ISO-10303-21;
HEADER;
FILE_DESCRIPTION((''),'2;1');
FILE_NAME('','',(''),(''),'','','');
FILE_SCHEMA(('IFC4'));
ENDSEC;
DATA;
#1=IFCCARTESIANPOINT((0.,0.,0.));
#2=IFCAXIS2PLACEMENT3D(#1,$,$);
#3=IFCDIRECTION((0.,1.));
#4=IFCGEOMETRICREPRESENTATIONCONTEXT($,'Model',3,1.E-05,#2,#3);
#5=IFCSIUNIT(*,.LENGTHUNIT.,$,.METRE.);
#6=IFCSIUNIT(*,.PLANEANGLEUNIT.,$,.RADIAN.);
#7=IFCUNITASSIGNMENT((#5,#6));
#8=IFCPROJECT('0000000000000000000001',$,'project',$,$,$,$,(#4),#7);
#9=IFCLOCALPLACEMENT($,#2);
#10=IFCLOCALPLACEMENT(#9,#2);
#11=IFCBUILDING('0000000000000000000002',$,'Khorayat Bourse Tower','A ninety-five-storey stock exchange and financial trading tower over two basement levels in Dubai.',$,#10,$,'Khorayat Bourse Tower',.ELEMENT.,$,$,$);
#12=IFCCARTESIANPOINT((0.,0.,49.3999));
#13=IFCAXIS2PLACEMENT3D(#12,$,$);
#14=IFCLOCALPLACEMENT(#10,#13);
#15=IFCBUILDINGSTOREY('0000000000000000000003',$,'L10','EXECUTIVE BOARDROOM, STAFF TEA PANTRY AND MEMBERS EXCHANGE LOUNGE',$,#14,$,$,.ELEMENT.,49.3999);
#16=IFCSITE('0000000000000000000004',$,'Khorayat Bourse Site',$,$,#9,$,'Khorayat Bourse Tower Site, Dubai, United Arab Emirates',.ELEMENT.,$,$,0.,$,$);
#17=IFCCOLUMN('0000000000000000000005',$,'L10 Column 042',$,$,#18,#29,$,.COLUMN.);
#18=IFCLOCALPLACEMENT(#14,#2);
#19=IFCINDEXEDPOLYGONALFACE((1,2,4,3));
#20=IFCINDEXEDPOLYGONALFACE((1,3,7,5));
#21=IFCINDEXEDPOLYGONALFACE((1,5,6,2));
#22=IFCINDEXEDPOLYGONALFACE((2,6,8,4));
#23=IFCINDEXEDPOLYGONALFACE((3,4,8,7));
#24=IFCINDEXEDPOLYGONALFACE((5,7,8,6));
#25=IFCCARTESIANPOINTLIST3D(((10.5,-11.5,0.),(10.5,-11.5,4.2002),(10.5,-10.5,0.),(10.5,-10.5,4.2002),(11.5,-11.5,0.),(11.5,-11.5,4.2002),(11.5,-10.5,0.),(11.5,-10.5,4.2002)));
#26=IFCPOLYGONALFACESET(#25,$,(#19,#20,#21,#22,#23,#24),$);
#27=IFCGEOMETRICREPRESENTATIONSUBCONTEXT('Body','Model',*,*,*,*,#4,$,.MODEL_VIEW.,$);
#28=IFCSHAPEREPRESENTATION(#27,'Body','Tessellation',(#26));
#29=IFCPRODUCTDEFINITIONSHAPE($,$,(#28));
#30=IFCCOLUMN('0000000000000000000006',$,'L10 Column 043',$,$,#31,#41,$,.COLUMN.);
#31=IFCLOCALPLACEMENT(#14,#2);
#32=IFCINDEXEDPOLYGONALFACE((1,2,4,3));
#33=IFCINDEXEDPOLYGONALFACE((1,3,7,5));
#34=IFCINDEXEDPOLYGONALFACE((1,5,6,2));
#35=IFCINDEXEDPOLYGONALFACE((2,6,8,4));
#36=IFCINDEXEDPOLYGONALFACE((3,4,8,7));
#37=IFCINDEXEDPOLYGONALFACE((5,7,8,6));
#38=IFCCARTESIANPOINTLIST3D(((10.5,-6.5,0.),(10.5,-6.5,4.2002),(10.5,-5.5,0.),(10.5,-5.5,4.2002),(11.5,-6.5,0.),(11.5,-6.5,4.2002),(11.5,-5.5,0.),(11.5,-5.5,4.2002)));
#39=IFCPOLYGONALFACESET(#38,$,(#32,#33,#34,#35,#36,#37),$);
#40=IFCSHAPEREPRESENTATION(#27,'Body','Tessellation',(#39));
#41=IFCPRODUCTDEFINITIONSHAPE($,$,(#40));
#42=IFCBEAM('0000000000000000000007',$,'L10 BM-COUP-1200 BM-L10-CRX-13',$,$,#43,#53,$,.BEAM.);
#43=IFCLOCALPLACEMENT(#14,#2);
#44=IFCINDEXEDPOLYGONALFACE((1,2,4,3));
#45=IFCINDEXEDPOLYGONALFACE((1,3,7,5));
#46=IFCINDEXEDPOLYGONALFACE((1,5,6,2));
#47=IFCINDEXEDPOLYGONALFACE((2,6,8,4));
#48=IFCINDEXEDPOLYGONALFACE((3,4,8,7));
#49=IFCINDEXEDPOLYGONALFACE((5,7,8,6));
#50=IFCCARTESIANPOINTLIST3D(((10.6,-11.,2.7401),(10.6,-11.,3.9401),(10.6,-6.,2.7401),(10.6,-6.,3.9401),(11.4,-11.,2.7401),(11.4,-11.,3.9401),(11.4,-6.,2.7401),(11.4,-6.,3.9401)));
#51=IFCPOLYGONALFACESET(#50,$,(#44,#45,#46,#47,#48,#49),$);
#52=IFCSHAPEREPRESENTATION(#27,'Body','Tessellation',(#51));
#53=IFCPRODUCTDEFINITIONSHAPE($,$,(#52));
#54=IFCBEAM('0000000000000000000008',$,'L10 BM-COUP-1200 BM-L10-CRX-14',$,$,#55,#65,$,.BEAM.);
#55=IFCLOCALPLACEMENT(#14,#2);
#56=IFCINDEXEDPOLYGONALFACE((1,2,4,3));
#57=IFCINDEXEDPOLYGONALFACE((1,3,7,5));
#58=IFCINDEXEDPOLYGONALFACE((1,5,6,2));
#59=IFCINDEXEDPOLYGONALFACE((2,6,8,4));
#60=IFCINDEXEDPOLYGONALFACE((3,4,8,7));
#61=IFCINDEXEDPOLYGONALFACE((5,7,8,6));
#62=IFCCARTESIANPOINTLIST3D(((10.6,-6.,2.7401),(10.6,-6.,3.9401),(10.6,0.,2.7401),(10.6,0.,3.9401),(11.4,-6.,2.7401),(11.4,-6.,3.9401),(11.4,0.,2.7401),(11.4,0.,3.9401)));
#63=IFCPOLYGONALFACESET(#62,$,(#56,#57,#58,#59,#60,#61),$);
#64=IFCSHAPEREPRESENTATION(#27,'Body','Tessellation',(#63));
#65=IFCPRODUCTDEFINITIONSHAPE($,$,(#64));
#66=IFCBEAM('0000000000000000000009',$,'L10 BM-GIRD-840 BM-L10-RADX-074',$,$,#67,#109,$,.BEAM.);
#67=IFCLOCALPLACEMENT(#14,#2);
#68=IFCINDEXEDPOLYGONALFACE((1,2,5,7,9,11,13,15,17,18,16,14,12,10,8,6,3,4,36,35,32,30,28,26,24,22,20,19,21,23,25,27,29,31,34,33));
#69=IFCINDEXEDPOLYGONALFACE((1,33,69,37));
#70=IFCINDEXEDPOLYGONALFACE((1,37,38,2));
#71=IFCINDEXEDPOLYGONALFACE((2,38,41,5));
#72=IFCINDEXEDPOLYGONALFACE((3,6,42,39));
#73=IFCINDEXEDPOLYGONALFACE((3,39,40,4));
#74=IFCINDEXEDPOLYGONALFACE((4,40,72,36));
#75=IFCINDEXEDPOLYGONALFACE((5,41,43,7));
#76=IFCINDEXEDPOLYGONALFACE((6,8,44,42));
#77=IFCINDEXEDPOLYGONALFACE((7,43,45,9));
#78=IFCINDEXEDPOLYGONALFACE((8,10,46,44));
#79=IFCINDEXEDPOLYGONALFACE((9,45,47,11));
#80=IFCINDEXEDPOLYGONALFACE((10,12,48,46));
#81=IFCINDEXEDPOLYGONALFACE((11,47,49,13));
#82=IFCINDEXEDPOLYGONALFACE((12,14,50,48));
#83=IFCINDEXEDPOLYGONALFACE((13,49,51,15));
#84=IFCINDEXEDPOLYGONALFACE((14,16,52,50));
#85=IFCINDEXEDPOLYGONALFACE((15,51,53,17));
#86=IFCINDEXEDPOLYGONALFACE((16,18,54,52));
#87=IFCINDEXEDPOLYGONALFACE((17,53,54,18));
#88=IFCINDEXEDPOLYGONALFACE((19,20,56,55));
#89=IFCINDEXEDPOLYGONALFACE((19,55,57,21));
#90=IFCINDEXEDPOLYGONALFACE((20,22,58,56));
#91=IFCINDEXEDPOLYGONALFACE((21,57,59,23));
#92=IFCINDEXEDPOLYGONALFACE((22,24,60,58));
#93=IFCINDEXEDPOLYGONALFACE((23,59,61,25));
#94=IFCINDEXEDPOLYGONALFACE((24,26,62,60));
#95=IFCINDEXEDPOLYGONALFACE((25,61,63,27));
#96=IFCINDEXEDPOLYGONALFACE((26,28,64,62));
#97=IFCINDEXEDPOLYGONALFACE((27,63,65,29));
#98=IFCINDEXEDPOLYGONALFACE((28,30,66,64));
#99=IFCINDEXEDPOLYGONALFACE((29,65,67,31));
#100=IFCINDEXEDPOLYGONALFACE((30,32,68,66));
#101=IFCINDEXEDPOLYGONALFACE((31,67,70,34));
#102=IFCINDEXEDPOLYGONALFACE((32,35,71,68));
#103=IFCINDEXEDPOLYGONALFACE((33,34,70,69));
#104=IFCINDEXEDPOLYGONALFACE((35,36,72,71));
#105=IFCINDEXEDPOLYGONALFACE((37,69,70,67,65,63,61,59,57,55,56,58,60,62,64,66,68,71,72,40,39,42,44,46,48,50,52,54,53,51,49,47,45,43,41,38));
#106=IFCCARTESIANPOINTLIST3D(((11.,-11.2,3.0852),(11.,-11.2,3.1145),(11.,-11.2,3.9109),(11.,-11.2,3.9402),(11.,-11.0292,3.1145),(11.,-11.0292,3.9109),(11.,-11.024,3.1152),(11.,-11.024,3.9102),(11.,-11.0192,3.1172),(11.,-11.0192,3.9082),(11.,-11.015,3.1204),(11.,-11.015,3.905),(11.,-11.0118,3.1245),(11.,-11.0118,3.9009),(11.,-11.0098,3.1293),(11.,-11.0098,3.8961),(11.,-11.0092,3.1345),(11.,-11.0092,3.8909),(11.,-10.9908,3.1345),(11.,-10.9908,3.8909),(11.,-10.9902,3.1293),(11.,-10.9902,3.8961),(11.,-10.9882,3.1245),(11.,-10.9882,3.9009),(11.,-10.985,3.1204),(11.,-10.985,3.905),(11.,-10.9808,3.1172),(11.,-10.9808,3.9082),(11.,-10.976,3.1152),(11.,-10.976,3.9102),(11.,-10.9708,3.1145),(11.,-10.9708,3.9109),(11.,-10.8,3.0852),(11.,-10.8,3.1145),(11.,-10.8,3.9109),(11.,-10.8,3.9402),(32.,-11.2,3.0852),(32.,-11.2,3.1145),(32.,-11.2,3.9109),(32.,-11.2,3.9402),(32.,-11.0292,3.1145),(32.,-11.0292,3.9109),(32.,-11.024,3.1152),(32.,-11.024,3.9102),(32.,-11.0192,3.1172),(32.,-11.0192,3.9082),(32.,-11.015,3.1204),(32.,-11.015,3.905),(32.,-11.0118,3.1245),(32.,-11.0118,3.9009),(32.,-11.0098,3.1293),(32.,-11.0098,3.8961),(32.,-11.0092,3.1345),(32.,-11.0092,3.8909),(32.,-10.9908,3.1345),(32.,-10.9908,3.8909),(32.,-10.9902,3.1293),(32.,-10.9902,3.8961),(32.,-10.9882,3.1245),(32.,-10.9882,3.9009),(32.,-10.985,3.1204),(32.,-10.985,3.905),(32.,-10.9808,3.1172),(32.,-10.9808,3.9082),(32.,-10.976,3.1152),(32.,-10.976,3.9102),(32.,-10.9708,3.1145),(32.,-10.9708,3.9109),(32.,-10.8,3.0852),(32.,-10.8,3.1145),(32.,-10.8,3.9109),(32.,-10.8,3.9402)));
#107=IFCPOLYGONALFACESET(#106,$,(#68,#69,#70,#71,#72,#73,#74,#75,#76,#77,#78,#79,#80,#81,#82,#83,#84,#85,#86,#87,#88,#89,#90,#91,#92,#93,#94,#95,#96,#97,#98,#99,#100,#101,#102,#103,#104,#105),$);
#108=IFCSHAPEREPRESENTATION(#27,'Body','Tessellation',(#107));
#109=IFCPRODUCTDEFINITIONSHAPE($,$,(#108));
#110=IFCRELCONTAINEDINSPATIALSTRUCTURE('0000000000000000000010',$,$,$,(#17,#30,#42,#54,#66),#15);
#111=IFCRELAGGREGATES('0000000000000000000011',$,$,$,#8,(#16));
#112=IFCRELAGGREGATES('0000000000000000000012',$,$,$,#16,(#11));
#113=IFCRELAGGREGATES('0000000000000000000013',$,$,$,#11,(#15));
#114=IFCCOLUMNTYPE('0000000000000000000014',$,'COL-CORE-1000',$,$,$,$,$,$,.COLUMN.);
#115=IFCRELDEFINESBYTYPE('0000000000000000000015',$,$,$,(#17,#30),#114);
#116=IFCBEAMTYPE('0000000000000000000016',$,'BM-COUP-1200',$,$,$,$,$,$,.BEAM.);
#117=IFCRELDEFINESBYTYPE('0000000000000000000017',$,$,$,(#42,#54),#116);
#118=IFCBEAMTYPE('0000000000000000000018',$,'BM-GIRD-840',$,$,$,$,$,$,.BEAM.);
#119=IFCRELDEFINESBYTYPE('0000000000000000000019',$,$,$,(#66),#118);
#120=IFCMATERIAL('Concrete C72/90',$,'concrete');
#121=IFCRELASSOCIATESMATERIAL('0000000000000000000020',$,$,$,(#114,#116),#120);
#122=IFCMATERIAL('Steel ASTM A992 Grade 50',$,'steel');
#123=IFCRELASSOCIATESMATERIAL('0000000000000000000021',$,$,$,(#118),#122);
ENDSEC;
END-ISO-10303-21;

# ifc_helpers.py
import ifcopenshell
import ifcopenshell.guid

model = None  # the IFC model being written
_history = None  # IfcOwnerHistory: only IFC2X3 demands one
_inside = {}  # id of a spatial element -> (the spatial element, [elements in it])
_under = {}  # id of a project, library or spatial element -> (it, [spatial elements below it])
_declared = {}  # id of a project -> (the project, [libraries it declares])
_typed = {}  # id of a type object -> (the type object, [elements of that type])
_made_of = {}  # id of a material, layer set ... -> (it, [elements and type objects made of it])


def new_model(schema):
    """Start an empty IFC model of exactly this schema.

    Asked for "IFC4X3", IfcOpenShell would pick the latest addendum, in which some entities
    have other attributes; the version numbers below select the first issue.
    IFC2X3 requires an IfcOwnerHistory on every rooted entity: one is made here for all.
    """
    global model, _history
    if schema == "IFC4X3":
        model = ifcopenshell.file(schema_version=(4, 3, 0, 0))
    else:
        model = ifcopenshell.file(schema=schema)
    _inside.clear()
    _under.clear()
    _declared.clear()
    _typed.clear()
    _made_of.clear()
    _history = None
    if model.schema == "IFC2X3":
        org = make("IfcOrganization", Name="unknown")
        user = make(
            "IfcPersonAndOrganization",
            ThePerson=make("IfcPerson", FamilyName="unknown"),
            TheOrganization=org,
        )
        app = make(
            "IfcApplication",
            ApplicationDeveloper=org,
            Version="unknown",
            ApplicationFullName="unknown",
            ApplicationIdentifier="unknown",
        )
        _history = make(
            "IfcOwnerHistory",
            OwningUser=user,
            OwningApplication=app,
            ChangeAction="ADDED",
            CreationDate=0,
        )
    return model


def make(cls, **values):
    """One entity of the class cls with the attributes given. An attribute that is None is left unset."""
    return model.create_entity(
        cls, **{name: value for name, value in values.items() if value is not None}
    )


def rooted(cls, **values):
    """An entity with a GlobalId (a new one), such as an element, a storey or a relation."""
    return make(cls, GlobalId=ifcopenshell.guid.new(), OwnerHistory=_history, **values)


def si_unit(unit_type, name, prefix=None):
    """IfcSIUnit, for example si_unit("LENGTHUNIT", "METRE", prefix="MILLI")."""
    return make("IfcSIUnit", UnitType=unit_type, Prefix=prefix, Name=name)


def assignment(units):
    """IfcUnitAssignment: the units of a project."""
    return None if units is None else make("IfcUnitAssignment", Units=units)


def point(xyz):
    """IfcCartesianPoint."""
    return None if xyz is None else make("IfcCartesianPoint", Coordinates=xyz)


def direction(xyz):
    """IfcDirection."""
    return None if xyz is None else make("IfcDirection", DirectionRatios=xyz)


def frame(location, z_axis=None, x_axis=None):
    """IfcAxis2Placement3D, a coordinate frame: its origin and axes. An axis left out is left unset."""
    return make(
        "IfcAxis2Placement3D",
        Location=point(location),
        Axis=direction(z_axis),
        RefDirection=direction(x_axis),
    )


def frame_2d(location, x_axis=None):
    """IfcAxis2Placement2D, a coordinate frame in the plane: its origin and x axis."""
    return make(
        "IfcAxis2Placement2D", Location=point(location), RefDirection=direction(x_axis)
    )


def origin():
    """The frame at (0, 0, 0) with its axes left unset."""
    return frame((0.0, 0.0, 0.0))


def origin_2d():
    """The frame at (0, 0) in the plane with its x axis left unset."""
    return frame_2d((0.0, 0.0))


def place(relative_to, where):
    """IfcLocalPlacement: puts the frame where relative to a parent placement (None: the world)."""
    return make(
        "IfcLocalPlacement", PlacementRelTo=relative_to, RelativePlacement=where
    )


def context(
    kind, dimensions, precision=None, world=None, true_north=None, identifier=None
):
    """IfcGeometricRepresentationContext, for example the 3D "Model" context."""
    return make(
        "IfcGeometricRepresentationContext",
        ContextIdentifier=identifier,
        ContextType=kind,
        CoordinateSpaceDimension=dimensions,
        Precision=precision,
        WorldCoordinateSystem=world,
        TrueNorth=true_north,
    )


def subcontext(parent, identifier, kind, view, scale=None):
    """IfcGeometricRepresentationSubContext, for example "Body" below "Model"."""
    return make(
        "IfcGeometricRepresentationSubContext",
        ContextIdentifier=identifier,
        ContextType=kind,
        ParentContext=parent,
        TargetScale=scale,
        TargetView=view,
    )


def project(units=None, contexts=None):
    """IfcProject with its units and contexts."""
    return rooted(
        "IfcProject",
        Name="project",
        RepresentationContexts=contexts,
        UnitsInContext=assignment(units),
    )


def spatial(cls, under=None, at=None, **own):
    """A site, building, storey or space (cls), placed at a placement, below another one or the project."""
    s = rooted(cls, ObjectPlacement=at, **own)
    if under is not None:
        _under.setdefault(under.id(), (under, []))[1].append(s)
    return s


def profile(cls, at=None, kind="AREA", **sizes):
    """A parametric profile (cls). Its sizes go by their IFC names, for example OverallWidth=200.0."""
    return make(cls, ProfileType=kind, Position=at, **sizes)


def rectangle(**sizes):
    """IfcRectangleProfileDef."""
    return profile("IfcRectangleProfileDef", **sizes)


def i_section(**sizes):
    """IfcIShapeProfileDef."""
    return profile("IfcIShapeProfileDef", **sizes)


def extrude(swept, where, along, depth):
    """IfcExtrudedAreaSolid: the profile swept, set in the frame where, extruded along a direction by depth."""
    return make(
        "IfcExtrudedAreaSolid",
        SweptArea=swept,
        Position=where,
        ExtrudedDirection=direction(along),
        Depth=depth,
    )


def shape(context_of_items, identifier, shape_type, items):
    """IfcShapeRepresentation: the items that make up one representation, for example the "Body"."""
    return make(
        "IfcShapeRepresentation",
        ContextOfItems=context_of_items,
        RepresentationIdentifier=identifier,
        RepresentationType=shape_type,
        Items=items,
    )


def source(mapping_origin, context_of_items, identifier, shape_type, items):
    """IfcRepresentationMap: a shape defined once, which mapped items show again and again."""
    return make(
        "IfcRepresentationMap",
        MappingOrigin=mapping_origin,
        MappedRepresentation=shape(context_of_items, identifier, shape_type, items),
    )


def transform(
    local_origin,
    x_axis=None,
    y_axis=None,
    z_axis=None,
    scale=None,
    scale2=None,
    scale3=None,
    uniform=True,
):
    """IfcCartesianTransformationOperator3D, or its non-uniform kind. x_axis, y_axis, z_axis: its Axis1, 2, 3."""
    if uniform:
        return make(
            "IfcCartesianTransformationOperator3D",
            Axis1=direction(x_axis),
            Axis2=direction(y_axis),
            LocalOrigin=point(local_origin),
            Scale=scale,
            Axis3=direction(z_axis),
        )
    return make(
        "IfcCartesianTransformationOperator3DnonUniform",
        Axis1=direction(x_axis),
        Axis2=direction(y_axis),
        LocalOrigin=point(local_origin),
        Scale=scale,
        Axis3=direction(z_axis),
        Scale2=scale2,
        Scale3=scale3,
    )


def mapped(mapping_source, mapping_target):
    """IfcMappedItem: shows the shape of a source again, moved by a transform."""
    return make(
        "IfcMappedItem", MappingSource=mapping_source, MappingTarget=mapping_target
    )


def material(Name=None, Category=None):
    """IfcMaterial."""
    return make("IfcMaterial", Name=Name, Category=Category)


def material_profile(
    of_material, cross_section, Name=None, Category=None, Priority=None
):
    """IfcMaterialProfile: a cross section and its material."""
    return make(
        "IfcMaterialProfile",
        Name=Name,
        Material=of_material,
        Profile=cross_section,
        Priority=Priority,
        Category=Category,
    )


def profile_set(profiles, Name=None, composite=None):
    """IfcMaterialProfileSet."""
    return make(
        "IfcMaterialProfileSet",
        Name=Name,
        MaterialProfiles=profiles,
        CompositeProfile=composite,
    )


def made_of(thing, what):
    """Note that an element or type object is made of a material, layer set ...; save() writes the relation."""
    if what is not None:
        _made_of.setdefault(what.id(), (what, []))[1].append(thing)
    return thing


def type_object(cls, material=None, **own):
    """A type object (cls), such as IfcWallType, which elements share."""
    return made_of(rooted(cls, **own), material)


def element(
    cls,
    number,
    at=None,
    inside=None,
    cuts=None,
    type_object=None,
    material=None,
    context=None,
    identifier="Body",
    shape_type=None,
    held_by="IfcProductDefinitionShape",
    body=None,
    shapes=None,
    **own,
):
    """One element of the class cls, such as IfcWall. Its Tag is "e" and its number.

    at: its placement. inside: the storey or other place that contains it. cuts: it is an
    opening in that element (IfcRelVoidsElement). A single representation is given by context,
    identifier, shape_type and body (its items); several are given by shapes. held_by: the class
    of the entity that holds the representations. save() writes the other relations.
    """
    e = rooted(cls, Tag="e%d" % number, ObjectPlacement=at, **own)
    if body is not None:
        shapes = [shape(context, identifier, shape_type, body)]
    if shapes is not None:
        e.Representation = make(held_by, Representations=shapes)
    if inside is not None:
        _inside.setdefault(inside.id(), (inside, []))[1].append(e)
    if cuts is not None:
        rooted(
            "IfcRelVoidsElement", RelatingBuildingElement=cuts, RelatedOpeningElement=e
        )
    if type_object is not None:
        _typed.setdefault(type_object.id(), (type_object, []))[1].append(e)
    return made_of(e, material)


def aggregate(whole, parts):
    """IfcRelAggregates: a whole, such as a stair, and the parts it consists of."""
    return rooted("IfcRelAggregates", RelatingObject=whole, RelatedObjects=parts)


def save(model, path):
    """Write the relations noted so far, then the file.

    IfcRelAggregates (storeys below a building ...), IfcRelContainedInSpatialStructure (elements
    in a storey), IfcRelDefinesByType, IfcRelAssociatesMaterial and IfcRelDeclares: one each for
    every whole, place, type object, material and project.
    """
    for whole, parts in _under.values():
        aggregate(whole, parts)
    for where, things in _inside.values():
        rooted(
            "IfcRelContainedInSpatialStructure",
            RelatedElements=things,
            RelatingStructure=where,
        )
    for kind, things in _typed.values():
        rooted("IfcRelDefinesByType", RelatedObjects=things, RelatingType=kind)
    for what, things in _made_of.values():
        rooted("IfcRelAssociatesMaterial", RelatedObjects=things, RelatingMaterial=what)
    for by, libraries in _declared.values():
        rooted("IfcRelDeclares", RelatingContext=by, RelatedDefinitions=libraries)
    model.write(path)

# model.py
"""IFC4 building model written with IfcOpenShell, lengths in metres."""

from ifc_helpers import new_model, si_unit, direction, frame, origin, origin_2d, place, context, subcontext, project, spatial, rectangle, i_section, extrude, source, transform, mapped, material, material_profile, profile_set, type_object, element, save


model = new_model("IFC4")

# Units and contexts
model_context = context("Model", 3, precision=1e-05, world=origin(), true_north=direction((0.0, 1.0)))
body_context = subcontext(model_context, "Body", "Model", "MODEL_VIEW")
ifc_project = project(units=[si_unit("LENGTHUNIT", "METRE"), si_unit("PLANEANGLEUNIT", "RADIAN")], contexts=[model_context])

# Site, building, storey
site_placement = place(None, origin())
site = spatial("IfcSite", under=ifc_project, at=site_placement, Name="Khorayat Bourse Site", LongName="Khorayat Bourse Tower Site, Dubai, United Arab Emirates", CompositionType="ELEMENT", RefElevation=0.0)
building_placement = place(site_placement, origin())
building = spatial("IfcBuilding", under=site, at=building_placement, Name="Khorayat Bourse Tower", Description="A ninety-five-storey stock exchange and financial trading tower over two basement levels in Dubai.", LongName="Khorayat Bourse Tower", CompositionType="ELEMENT")
storey_placement = place(building_placement, frame((0.0, 0.0, 49.3999)))
storey = spatial("IfcBuildingStorey", under=building, at=storey_placement, Name="L10", Description="EXECUTIVE BOARDROOM, STAFF TEA PANTRY AND MEMBERS EXCHANGE LOUNGE", CompositionType="ELEMENT", Elevation=49.3999)

# Columns
ifc_material_1 = material(Name="Concrete C72/90", Category="concrete")
ifc_material_profile_1 = material_profile(ifc_material_1, rectangle(XDim=1.0, YDim=1.0, at=origin_2d()), Name="RC 1000x1000")
ifc_profile_set_1 = profile_set([ifc_material_profile_1], Name="Concrete C72/90")
column_type = type_object("IfcColumnType", Name="COL-CORE-1000", PredefinedType="COLUMN", material=ifc_profile_set_1)
shared_shape_1 = source(origin(), body_context, "Body", "SweptSolid", [
    extrude(rectangle(XDim=1.0, YDim=1.0, at=origin_2d()), origin(), (0.0, 0.0, 1.0), 4.2002),
])
for number, where, z_axis, x_axis, name in (
    (1, (11.0, -11.0, 0.0), (0.0, 0.0, 1.0), (1.0, 0.0, 0.0), "L10 Column 042"),
    (2, (11.0, -6.0, 0.0), (0.0, 0.0, 1.0), (1.0, 0.0, 0.0), "L10 Column 043"),
):
    element("IfcColumn", number, at=place(storey_placement, frame(where, z_axis=z_axis, x_axis=x_axis)), inside=storey, type_object=column_type, Name=name, PredefinedType="COLUMN", context=body_context, shape_type="MappedRepresentation", body=[
        mapped(shared_shape_1, transform((0.0, 0.0, 0.0), scale=1.0)),
    ])

# Beams
ifc_material_profile_2 = material_profile(ifc_material_1, rectangle(XDim=0.8, YDim=1.2, at=origin_2d()), Name="RC 800x1200")
ifc_profile_set_2 = profile_set([ifc_material_profile_2], Name="Concrete C72/90")
beam_type_1 = type_object("IfcBeamType", Name="BM-COUP-1200", PredefinedType="BEAM", material=ifc_profile_set_2)
shared_shape_2 = source(origin(), body_context, "Body", "SweptSolid", [
    extrude(rectangle(XDim=0.8, YDim=1.2, at=origin_2d()), origin(), (0.0, 0.0, 1.0), 5.0),
])
beam_1_placement = place(storey_placement, frame((11.0, -11.0, 3.3401), z_axis=(0.0, 1.0, 0.0), x_axis=(-1.0, 0.0, 0.0)))
element("IfcBeam", 3, at=beam_1_placement, inside=storey, type_object=beam_type_1, Name="L10 BM-COUP-1200 BM-L10-CRX-13", PredefinedType="BEAM", context=body_context, shape_type="MappedRepresentation", body=[
    mapped(shared_shape_2, transform((0.0, 0.0, 0.0), scale=1.0)),
])
shared_shape_3 = source(origin(), body_context, "Body", "SweptSolid", [
    extrude(rectangle(XDim=0.8, YDim=1.2, at=origin_2d()), origin(), (0.0, 0.0, 1.0), 6.0),
])
beam_2_placement = place(storey_placement, frame((11.0, -6.0, 3.3401), z_axis=(0.0, 1.0, 0.0), x_axis=(-1.0, 0.0, 0.0)))
element("IfcBeam", 4, at=beam_2_placement, inside=storey, type_object=beam_type_1, Name="L10 BM-COUP-1200 BM-L10-CRX-14", PredefinedType="BEAM", context=body_context, shape_type="MappedRepresentation", body=[
    mapped(shared_shape_3, transform((0.0, 0.0, 0.0), scale=1.0)),
])
ifc_material_2 = material(Name="Steel ASTM A992 Grade 50", Category="steel")
ifc_material_profile_3 = material_profile(ifc_material_2, i_section(OverallWidth=0.3999, OverallDepth=0.855, WebThickness=0.0183, FlangeThickness=0.0293, FilletRadius=0.02, at=origin_2d()), Name="W840X299")
ifc_profile_set_3 = profile_set([ifc_material_profile_3], Name="Steel ASTM A992 Grade 50")
beam_type_2 = type_object("IfcBeamType", Name="BM-GIRD-840", PredefinedType="BEAM", material=ifc_profile_set_3)
shared_shape_4 = source(origin(), body_context, "Body", "SweptSolid", [
    extrude(i_section(OverallWidth=0.3999, OverallDepth=0.855, WebThickness=0.0183, FlangeThickness=0.0293, FilletRadius=0.02, at=origin_2d()), origin(), (0.0, 0.0, 1.0), 21.0),
])
beam_3_placement = place(storey_placement, frame((11.0, -11.0, 3.5127), z_axis=(1.0, 0.0, 0.0), x_axis=(0.0, 1.0, 0.0)))
element("IfcBeam", 5, at=beam_3_placement, inside=storey, type_object=beam_type_2, Name="L10 BM-GIRD-840 BM-L10-RADX-074", PredefinedType="BEAM", context=body_context, shape_type="MappedRepresentation", body=[
    mapped(shared_shape_4, transform((0.0, 0.0, 0.0), scale=1.0)),
])

save(model, "model.ifc")
